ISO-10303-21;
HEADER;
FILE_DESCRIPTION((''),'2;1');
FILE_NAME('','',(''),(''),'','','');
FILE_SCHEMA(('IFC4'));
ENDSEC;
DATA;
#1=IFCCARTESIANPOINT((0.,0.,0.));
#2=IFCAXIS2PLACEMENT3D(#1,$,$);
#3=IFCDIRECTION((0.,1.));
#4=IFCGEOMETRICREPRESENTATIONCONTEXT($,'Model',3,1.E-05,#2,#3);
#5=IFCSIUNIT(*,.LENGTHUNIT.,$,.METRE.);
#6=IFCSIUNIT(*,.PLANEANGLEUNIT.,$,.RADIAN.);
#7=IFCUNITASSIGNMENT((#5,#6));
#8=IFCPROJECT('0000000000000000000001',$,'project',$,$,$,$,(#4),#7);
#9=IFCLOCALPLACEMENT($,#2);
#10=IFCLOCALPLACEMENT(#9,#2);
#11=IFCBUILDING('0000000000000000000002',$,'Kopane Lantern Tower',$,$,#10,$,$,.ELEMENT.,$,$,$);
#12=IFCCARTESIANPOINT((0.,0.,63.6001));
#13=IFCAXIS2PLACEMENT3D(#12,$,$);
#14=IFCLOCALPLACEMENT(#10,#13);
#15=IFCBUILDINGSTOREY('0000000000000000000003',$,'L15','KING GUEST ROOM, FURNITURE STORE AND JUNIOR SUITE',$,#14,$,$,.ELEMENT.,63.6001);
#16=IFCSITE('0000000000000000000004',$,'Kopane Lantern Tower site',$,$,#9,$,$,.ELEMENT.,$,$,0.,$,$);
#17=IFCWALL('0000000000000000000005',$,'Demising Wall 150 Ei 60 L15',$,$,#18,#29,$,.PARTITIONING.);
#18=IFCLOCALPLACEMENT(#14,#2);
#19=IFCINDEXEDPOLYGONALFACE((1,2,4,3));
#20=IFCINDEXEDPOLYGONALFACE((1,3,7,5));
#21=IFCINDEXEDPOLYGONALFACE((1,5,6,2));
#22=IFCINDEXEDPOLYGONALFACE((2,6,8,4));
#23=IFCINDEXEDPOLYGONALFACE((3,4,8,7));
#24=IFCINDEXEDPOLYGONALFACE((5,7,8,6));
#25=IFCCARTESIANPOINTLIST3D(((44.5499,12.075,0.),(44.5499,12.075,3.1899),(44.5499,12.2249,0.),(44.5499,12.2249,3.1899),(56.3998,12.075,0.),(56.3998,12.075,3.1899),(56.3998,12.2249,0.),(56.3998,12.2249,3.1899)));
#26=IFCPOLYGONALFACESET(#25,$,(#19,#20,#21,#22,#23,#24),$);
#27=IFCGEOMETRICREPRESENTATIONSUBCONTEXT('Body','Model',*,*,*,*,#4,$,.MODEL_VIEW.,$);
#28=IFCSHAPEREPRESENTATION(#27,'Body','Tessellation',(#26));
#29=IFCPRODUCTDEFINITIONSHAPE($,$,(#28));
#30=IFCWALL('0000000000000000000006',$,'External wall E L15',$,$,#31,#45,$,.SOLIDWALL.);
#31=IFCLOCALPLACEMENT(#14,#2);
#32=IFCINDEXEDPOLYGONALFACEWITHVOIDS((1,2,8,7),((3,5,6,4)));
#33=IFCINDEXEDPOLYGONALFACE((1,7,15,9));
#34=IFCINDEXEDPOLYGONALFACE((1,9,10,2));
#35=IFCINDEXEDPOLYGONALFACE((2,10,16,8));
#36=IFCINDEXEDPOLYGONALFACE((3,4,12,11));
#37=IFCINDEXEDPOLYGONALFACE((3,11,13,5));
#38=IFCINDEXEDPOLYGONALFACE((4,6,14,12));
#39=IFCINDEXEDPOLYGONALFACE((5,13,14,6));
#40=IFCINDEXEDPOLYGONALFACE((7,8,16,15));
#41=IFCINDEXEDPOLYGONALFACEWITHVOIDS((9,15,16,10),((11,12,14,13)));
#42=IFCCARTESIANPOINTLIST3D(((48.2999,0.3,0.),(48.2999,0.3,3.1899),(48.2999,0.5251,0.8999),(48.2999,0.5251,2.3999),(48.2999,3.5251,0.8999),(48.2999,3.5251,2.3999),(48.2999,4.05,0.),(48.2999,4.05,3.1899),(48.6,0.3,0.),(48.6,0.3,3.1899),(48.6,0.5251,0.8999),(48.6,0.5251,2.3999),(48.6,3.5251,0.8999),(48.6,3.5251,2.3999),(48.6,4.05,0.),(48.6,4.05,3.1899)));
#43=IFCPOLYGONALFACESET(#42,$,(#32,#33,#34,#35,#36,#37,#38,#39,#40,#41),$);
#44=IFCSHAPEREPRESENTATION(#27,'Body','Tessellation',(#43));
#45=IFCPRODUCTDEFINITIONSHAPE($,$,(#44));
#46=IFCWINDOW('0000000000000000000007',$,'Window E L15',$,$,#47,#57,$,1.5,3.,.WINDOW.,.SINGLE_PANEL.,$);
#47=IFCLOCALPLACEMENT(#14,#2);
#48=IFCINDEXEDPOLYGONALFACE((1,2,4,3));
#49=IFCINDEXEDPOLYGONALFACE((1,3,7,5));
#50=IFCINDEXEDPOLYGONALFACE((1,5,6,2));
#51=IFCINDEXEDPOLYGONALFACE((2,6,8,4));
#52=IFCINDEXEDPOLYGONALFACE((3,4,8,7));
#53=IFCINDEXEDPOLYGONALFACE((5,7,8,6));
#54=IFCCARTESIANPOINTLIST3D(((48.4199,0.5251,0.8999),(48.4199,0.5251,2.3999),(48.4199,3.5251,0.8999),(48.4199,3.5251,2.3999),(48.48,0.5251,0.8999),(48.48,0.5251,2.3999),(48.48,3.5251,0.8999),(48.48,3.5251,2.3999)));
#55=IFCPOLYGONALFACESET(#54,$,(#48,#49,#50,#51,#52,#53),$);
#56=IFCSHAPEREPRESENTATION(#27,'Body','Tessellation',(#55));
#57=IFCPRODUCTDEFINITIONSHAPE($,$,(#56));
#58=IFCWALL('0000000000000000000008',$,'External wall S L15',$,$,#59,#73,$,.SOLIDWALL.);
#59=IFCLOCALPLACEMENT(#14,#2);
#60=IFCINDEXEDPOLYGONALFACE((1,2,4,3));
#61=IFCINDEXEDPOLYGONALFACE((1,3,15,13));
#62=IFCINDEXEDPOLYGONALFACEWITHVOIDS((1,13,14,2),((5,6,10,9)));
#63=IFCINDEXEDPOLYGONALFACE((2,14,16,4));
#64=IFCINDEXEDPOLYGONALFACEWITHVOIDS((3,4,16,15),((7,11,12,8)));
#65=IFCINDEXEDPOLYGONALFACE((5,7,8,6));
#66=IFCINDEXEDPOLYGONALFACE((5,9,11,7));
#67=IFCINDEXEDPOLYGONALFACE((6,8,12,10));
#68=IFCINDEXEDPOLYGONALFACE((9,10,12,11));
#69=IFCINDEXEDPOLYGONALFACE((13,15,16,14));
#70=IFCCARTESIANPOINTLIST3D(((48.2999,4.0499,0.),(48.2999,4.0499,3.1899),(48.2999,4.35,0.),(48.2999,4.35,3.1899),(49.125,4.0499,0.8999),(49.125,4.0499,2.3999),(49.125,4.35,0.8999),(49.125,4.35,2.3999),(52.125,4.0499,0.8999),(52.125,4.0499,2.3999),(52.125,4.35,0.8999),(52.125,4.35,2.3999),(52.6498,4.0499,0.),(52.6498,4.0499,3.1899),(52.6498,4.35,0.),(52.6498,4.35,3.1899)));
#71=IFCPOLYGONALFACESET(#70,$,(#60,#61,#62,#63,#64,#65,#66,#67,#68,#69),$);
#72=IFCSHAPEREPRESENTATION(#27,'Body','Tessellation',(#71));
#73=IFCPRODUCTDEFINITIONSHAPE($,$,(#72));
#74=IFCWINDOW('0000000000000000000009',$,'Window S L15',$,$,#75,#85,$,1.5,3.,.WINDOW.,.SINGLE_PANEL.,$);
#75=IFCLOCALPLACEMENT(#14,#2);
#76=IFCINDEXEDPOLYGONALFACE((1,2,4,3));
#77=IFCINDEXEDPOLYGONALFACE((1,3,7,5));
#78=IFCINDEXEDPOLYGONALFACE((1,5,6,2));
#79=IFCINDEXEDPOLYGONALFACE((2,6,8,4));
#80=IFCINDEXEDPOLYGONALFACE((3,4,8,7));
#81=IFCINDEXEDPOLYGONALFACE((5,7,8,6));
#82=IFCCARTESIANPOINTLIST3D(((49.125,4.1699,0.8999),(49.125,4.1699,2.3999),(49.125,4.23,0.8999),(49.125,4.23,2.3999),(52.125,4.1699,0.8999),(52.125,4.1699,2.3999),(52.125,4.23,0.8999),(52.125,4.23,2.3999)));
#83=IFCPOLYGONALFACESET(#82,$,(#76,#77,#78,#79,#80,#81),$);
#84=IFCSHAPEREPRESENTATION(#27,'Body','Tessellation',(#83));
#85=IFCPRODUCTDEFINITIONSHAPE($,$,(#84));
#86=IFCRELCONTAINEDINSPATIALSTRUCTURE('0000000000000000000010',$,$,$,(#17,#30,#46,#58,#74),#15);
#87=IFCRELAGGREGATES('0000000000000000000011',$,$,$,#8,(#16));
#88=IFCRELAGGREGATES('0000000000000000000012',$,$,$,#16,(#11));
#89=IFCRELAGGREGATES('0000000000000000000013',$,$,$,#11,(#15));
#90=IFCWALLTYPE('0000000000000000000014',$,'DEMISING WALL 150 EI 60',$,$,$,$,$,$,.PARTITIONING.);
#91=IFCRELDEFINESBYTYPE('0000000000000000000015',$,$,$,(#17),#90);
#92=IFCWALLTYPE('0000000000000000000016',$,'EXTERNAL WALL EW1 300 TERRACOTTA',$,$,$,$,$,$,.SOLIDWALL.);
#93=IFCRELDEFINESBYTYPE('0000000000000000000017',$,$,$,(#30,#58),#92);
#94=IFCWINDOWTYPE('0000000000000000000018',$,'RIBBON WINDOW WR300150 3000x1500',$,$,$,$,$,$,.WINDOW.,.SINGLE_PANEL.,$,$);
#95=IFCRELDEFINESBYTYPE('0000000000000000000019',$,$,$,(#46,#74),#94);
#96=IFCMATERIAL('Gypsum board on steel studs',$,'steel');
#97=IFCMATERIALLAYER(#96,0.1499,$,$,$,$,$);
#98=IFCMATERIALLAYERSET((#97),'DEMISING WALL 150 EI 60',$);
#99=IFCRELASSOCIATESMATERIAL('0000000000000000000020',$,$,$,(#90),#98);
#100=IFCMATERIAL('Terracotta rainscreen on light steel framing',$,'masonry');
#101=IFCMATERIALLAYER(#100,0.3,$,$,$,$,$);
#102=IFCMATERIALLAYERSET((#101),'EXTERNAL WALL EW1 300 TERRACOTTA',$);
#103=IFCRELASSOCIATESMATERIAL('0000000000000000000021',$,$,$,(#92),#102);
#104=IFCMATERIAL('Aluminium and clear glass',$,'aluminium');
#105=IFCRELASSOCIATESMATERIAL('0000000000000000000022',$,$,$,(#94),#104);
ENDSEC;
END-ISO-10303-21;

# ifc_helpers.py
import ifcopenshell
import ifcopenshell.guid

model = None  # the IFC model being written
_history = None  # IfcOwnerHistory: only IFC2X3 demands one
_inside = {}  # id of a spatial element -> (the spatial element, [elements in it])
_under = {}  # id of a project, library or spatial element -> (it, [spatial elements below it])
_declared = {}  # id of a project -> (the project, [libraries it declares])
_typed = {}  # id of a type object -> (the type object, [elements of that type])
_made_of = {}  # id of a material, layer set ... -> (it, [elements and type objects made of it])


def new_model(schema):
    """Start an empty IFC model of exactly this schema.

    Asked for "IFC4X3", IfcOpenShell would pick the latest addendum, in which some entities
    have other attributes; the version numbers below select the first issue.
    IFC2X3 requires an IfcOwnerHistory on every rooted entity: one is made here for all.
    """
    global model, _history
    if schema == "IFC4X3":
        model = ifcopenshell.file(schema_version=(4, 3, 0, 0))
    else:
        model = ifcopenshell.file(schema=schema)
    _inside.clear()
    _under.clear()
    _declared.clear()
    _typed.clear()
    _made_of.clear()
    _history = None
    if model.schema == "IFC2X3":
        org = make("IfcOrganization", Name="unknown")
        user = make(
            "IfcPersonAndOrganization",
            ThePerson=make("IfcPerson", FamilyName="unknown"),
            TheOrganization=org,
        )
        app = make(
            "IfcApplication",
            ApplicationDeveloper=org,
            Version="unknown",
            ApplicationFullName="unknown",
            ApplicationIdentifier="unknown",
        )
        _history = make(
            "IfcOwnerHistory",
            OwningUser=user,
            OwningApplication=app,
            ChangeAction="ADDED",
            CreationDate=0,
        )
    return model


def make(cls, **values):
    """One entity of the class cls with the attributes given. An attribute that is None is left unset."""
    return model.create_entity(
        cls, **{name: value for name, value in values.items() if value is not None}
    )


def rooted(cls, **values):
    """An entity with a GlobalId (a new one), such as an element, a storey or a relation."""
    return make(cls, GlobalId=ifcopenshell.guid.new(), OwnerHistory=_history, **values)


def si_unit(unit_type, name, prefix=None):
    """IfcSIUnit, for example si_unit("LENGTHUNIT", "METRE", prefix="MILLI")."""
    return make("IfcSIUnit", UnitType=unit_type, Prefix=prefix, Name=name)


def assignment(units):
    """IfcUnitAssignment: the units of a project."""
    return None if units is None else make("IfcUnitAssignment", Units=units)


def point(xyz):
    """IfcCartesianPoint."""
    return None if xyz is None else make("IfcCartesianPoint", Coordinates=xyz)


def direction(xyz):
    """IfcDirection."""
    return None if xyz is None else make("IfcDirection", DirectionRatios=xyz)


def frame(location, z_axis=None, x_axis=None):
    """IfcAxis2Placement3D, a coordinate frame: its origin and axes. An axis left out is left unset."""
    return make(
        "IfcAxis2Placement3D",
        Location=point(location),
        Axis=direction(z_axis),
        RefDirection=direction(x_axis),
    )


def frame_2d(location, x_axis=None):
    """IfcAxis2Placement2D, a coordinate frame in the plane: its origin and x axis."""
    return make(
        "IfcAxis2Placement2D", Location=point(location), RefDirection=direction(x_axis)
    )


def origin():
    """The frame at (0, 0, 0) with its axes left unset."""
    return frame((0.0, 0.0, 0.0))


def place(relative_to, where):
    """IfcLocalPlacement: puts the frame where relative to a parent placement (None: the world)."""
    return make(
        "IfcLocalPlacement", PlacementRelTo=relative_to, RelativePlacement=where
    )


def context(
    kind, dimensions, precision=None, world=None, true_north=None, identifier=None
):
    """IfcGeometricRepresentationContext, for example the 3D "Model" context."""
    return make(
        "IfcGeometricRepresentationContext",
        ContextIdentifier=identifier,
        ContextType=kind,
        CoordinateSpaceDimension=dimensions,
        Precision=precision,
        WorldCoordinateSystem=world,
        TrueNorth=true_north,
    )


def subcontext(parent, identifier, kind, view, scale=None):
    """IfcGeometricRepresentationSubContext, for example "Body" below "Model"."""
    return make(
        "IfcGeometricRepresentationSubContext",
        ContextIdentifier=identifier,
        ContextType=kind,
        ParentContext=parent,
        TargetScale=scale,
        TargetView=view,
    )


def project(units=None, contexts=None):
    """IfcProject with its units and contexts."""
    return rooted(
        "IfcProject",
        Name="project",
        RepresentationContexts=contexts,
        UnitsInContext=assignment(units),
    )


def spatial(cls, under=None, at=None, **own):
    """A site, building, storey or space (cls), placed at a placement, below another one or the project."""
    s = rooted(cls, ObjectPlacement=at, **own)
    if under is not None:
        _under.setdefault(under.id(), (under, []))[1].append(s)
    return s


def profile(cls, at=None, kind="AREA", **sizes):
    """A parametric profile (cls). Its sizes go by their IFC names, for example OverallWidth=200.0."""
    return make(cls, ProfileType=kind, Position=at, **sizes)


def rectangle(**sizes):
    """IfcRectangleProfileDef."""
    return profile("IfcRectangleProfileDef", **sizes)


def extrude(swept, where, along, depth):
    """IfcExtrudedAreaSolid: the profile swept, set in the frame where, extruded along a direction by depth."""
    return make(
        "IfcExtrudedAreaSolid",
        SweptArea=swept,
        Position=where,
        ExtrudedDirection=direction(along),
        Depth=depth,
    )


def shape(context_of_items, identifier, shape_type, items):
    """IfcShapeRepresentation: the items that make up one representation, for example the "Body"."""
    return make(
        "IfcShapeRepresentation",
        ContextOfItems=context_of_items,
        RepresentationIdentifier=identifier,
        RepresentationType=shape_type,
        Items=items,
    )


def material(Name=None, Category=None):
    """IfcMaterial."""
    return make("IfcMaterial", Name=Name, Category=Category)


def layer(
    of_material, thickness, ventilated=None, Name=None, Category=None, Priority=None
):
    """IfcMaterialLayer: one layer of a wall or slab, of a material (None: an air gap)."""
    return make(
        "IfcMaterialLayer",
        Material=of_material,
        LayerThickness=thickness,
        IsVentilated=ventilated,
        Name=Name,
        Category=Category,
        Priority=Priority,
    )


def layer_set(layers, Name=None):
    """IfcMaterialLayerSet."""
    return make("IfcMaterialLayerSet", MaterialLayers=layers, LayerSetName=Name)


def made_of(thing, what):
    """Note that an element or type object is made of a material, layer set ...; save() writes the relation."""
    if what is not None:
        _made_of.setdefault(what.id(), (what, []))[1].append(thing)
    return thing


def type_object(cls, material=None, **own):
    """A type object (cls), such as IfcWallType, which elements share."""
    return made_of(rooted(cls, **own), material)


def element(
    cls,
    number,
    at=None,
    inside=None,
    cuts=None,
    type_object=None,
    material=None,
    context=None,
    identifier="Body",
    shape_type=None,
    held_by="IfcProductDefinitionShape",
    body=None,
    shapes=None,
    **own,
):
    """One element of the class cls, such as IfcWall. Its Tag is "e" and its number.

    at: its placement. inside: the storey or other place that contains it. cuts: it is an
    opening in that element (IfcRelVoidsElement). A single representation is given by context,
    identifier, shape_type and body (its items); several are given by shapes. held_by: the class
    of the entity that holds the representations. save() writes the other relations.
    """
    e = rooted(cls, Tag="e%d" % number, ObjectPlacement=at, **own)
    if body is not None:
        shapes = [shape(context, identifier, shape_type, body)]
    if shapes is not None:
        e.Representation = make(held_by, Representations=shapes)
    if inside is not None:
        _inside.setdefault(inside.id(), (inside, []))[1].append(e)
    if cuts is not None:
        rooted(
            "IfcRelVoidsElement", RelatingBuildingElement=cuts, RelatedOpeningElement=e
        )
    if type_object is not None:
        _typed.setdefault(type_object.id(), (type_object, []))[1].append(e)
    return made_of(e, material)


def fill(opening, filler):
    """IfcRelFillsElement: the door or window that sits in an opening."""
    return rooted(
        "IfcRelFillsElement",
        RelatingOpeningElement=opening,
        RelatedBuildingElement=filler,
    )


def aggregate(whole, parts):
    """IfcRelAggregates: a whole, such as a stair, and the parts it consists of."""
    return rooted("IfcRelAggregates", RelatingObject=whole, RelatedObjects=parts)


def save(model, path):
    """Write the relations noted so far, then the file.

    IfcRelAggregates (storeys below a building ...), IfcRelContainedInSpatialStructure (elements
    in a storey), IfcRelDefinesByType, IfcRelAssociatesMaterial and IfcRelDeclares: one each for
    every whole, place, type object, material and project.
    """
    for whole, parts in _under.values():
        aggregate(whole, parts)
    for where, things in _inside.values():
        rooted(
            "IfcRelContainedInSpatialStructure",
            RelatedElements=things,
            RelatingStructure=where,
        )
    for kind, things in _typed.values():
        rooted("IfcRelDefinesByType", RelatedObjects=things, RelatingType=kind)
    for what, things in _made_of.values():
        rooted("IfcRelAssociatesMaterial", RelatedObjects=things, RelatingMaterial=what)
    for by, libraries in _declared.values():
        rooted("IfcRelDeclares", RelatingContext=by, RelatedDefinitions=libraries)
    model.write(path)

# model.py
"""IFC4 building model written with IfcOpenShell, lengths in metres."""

from ifc_helpers import new_model, si_unit, direction, frame, frame_2d, origin, place, context, subcontext, project, spatial, rectangle, extrude, material, layer, layer_set, type_object, element, fill, save


model = new_model("IFC4")

# Units and contexts
model_context = context("Model", 3, precision=1e-05, world=origin(), true_north=direction((0.0, 1.0)))
body_context = subcontext(model_context, "Body", "Model", "MODEL_VIEW")
ifc_project = project(units=[si_unit("LENGTHUNIT", "METRE"), si_unit("PLANEANGLEUNIT", "RADIAN")], contexts=[model_context])

# Site, building, storey
site_placement = place(None, origin())
site = spatial("IfcSite", under=ifc_project, at=site_placement, Name="Kopane Lantern Tower site", CompositionType="ELEMENT", RefElevation=0.0)
building_placement = place(site_placement, origin())
building = spatial("IfcBuilding", under=site, at=building_placement, Name="Kopane Lantern Tower", CompositionType="ELEMENT")
storey_placement = place(building_placement, frame((0.0, 0.0, 63.6001)))
storey = spatial("IfcBuildingStorey", under=building, at=storey_placement, Name="L15", Description="KING GUEST ROOM, FURNITURE STORE AND JUNIOR SUITE", CompositionType="ELEMENT", Elevation=63.6001)

# Wall
ifc_material_1 = material(Name="Gypsum board on steel studs", Category="steel")
ifc_layer_1 = layer(ifc_material_1, 0.1499)
ifc_layer_set_1 = layer_set([ifc_layer_1], Name="DEMISING WALL 150 EI 60")
wall_type_1 = type_object("IfcWallType", Name="DEMISING WALL 150 EI 60", PredefinedType="PARTITIONING", material=ifc_layer_set_1)
wall_1_placement = place(storey_placement, frame((44.55, 12.1499, 0.0), z_axis=(0.0, 0.0, 1.0), x_axis=(1.0, 0.0, 0.0)))
element("IfcWall", 1, at=wall_1_placement, inside=storey, type_object=wall_type_1, Name="Demising Wall 150 Ei 60 L15", PredefinedType="PARTITIONING", context=body_context, shape_type="SweptSolid", body=[
    extrude(rectangle(XDim=11.8499, YDim=0.1499, at=frame_2d((5.9248, 0.0))), origin(), (0.0, 0.0, 1.0), 3.1899),
])

# Walls, openings, windows
ifc_material_2 = material(Name="Terracotta rainscreen on light steel framing", Category="masonry")
ifc_layer_2 = layer(ifc_material_2, 0.3)
ifc_layer_set_2 = layer_set([ifc_layer_2], Name="EXTERNAL WALL EW1 300 TERRACOTTA")
wall_type_2 = type_object("IfcWallType", Name="EXTERNAL WALL EW1 300 TERRACOTTA", PredefinedType="SOLIDWALL", material=ifc_layer_set_2)
wall_2_placement = place(storey_placement, frame((48.45, 0.3, 0.0), z_axis=(0.0, 0.0, 1.0), x_axis=(0.0, 1.0, 0.0)))
wall_2 = element("IfcWall", 2, at=wall_2_placement, inside=storey, type_object=wall_type_2, Name="External wall E L15", PredefinedType="SOLIDWALL", context=body_context, shape_type="SweptSolid", body=[
    extrude(rectangle(XDim=3.75, YDim=0.3, at=frame_2d((1.875, 0.0))), origin(), (0.0, 0.0, 1.0), 3.1899),
])
opening_1_placement = place(wall_2_placement, frame((0.2251, 0.0, 0.8999)))
opening_1 = element("IfcOpeningElement", 3, at=opening_1_placement, cuts=wall_2, PredefinedType="OPENING", context=body_context, shape_type="SweptSolid", body=[
    extrude(rectangle(XDim=3.0, YDim=1.5, at=frame_2d((1.5, 0.75))), frame((0.0, 0.1599, 0.0), z_axis=(0.0, -1.0, 0.0), x_axis=(1.0, 0.0, 0.0)), (0.0, 0.0, 1.0), 0.3201),
])
ifc_material_3 = material(Name="Aluminium and clear glass", Category="aluminium")
window_type = type_object("IfcWindowType", Name="RIBBON WINDOW WR300150 3000x1500", PartitioningType="SINGLE_PANEL", PredefinedType="WINDOW", material=ifc_material_3)
window_1_placement = place(opening_1_placement, origin())
window_1 = element("IfcWindow", 4, at=window_1_placement, inside=storey, type_object=window_type, Name="Window E L15", OverallHeight=1.5, OverallWidth=3.0, PartitioningType="SINGLE_PANEL", PredefinedType="WINDOW", context=body_context, shape_type="SweptSolid", body=[
    extrude(rectangle(XDim=3.0, YDim=1.5, at=frame_2d((1.5, 0.75))), frame((0.0, 0.03, 0.0), z_axis=(0.0, -1.0, 0.0), x_axis=(1.0, 0.0, 0.0)), (0.0, 0.0, 1.0), 0.0601),
])
fill(opening_1, window_1)
wall_3_placement = place(storey_placement, frame((48.3, 4.2, 0.0), z_axis=(0.0, 0.0, 1.0), x_axis=(1.0, 0.0, 0.0)))
wall_3 = element("IfcWall", 5, at=wall_3_placement, inside=storey, type_object=wall_type_2, Name="External wall S L15", PredefinedType="SOLIDWALL", context=body_context, shape_type="SweptSolid", body=[
    extrude(rectangle(XDim=4.3499, YDim=0.3, at=frame_2d((2.1748, 0.0))), origin(), (0.0, 0.0, 1.0), 3.1899),
])
opening_2_placement = place(wall_3_placement, frame((0.825, 0.0, 0.8999)))
opening_2 = element("IfcOpeningElement", 6, at=opening_2_placement, cuts=wall_3, PredefinedType="OPENING", context=body_context, shape_type="SweptSolid", body=[
    extrude(rectangle(XDim=3.0, YDim=1.5, at=frame_2d((1.5, 0.75))), frame((0.0, 0.1599, 0.0), z_axis=(0.0, -1.0, 0.0), x_axis=(1.0, 0.0, 0.0)), (0.0, 0.0, 1.0), 0.3201),
])
window_2_placement = place(opening_2_placement, origin())
window_2 = element("IfcWindow", 7, at=window_2_placement, inside=storey, type_object=window_type, Name="Window S L15", OverallHeight=1.5, OverallWidth=3.0, PartitioningType="SINGLE_PANEL", PredefinedType="WINDOW", context=body_context, shape_type="SweptSolid", body=[
    extrude(rectangle(XDim=3.0, YDim=1.5, at=frame_2d((1.5, 0.75))), frame((0.0, 0.03, 0.0), z_axis=(0.0, -1.0, 0.0), x_axis=(1.0, 0.0, 0.0)), (0.0, 0.0, 1.0), 0.0601),
])
fill(opening_2, window_2)

save(model, "model.ifc")
